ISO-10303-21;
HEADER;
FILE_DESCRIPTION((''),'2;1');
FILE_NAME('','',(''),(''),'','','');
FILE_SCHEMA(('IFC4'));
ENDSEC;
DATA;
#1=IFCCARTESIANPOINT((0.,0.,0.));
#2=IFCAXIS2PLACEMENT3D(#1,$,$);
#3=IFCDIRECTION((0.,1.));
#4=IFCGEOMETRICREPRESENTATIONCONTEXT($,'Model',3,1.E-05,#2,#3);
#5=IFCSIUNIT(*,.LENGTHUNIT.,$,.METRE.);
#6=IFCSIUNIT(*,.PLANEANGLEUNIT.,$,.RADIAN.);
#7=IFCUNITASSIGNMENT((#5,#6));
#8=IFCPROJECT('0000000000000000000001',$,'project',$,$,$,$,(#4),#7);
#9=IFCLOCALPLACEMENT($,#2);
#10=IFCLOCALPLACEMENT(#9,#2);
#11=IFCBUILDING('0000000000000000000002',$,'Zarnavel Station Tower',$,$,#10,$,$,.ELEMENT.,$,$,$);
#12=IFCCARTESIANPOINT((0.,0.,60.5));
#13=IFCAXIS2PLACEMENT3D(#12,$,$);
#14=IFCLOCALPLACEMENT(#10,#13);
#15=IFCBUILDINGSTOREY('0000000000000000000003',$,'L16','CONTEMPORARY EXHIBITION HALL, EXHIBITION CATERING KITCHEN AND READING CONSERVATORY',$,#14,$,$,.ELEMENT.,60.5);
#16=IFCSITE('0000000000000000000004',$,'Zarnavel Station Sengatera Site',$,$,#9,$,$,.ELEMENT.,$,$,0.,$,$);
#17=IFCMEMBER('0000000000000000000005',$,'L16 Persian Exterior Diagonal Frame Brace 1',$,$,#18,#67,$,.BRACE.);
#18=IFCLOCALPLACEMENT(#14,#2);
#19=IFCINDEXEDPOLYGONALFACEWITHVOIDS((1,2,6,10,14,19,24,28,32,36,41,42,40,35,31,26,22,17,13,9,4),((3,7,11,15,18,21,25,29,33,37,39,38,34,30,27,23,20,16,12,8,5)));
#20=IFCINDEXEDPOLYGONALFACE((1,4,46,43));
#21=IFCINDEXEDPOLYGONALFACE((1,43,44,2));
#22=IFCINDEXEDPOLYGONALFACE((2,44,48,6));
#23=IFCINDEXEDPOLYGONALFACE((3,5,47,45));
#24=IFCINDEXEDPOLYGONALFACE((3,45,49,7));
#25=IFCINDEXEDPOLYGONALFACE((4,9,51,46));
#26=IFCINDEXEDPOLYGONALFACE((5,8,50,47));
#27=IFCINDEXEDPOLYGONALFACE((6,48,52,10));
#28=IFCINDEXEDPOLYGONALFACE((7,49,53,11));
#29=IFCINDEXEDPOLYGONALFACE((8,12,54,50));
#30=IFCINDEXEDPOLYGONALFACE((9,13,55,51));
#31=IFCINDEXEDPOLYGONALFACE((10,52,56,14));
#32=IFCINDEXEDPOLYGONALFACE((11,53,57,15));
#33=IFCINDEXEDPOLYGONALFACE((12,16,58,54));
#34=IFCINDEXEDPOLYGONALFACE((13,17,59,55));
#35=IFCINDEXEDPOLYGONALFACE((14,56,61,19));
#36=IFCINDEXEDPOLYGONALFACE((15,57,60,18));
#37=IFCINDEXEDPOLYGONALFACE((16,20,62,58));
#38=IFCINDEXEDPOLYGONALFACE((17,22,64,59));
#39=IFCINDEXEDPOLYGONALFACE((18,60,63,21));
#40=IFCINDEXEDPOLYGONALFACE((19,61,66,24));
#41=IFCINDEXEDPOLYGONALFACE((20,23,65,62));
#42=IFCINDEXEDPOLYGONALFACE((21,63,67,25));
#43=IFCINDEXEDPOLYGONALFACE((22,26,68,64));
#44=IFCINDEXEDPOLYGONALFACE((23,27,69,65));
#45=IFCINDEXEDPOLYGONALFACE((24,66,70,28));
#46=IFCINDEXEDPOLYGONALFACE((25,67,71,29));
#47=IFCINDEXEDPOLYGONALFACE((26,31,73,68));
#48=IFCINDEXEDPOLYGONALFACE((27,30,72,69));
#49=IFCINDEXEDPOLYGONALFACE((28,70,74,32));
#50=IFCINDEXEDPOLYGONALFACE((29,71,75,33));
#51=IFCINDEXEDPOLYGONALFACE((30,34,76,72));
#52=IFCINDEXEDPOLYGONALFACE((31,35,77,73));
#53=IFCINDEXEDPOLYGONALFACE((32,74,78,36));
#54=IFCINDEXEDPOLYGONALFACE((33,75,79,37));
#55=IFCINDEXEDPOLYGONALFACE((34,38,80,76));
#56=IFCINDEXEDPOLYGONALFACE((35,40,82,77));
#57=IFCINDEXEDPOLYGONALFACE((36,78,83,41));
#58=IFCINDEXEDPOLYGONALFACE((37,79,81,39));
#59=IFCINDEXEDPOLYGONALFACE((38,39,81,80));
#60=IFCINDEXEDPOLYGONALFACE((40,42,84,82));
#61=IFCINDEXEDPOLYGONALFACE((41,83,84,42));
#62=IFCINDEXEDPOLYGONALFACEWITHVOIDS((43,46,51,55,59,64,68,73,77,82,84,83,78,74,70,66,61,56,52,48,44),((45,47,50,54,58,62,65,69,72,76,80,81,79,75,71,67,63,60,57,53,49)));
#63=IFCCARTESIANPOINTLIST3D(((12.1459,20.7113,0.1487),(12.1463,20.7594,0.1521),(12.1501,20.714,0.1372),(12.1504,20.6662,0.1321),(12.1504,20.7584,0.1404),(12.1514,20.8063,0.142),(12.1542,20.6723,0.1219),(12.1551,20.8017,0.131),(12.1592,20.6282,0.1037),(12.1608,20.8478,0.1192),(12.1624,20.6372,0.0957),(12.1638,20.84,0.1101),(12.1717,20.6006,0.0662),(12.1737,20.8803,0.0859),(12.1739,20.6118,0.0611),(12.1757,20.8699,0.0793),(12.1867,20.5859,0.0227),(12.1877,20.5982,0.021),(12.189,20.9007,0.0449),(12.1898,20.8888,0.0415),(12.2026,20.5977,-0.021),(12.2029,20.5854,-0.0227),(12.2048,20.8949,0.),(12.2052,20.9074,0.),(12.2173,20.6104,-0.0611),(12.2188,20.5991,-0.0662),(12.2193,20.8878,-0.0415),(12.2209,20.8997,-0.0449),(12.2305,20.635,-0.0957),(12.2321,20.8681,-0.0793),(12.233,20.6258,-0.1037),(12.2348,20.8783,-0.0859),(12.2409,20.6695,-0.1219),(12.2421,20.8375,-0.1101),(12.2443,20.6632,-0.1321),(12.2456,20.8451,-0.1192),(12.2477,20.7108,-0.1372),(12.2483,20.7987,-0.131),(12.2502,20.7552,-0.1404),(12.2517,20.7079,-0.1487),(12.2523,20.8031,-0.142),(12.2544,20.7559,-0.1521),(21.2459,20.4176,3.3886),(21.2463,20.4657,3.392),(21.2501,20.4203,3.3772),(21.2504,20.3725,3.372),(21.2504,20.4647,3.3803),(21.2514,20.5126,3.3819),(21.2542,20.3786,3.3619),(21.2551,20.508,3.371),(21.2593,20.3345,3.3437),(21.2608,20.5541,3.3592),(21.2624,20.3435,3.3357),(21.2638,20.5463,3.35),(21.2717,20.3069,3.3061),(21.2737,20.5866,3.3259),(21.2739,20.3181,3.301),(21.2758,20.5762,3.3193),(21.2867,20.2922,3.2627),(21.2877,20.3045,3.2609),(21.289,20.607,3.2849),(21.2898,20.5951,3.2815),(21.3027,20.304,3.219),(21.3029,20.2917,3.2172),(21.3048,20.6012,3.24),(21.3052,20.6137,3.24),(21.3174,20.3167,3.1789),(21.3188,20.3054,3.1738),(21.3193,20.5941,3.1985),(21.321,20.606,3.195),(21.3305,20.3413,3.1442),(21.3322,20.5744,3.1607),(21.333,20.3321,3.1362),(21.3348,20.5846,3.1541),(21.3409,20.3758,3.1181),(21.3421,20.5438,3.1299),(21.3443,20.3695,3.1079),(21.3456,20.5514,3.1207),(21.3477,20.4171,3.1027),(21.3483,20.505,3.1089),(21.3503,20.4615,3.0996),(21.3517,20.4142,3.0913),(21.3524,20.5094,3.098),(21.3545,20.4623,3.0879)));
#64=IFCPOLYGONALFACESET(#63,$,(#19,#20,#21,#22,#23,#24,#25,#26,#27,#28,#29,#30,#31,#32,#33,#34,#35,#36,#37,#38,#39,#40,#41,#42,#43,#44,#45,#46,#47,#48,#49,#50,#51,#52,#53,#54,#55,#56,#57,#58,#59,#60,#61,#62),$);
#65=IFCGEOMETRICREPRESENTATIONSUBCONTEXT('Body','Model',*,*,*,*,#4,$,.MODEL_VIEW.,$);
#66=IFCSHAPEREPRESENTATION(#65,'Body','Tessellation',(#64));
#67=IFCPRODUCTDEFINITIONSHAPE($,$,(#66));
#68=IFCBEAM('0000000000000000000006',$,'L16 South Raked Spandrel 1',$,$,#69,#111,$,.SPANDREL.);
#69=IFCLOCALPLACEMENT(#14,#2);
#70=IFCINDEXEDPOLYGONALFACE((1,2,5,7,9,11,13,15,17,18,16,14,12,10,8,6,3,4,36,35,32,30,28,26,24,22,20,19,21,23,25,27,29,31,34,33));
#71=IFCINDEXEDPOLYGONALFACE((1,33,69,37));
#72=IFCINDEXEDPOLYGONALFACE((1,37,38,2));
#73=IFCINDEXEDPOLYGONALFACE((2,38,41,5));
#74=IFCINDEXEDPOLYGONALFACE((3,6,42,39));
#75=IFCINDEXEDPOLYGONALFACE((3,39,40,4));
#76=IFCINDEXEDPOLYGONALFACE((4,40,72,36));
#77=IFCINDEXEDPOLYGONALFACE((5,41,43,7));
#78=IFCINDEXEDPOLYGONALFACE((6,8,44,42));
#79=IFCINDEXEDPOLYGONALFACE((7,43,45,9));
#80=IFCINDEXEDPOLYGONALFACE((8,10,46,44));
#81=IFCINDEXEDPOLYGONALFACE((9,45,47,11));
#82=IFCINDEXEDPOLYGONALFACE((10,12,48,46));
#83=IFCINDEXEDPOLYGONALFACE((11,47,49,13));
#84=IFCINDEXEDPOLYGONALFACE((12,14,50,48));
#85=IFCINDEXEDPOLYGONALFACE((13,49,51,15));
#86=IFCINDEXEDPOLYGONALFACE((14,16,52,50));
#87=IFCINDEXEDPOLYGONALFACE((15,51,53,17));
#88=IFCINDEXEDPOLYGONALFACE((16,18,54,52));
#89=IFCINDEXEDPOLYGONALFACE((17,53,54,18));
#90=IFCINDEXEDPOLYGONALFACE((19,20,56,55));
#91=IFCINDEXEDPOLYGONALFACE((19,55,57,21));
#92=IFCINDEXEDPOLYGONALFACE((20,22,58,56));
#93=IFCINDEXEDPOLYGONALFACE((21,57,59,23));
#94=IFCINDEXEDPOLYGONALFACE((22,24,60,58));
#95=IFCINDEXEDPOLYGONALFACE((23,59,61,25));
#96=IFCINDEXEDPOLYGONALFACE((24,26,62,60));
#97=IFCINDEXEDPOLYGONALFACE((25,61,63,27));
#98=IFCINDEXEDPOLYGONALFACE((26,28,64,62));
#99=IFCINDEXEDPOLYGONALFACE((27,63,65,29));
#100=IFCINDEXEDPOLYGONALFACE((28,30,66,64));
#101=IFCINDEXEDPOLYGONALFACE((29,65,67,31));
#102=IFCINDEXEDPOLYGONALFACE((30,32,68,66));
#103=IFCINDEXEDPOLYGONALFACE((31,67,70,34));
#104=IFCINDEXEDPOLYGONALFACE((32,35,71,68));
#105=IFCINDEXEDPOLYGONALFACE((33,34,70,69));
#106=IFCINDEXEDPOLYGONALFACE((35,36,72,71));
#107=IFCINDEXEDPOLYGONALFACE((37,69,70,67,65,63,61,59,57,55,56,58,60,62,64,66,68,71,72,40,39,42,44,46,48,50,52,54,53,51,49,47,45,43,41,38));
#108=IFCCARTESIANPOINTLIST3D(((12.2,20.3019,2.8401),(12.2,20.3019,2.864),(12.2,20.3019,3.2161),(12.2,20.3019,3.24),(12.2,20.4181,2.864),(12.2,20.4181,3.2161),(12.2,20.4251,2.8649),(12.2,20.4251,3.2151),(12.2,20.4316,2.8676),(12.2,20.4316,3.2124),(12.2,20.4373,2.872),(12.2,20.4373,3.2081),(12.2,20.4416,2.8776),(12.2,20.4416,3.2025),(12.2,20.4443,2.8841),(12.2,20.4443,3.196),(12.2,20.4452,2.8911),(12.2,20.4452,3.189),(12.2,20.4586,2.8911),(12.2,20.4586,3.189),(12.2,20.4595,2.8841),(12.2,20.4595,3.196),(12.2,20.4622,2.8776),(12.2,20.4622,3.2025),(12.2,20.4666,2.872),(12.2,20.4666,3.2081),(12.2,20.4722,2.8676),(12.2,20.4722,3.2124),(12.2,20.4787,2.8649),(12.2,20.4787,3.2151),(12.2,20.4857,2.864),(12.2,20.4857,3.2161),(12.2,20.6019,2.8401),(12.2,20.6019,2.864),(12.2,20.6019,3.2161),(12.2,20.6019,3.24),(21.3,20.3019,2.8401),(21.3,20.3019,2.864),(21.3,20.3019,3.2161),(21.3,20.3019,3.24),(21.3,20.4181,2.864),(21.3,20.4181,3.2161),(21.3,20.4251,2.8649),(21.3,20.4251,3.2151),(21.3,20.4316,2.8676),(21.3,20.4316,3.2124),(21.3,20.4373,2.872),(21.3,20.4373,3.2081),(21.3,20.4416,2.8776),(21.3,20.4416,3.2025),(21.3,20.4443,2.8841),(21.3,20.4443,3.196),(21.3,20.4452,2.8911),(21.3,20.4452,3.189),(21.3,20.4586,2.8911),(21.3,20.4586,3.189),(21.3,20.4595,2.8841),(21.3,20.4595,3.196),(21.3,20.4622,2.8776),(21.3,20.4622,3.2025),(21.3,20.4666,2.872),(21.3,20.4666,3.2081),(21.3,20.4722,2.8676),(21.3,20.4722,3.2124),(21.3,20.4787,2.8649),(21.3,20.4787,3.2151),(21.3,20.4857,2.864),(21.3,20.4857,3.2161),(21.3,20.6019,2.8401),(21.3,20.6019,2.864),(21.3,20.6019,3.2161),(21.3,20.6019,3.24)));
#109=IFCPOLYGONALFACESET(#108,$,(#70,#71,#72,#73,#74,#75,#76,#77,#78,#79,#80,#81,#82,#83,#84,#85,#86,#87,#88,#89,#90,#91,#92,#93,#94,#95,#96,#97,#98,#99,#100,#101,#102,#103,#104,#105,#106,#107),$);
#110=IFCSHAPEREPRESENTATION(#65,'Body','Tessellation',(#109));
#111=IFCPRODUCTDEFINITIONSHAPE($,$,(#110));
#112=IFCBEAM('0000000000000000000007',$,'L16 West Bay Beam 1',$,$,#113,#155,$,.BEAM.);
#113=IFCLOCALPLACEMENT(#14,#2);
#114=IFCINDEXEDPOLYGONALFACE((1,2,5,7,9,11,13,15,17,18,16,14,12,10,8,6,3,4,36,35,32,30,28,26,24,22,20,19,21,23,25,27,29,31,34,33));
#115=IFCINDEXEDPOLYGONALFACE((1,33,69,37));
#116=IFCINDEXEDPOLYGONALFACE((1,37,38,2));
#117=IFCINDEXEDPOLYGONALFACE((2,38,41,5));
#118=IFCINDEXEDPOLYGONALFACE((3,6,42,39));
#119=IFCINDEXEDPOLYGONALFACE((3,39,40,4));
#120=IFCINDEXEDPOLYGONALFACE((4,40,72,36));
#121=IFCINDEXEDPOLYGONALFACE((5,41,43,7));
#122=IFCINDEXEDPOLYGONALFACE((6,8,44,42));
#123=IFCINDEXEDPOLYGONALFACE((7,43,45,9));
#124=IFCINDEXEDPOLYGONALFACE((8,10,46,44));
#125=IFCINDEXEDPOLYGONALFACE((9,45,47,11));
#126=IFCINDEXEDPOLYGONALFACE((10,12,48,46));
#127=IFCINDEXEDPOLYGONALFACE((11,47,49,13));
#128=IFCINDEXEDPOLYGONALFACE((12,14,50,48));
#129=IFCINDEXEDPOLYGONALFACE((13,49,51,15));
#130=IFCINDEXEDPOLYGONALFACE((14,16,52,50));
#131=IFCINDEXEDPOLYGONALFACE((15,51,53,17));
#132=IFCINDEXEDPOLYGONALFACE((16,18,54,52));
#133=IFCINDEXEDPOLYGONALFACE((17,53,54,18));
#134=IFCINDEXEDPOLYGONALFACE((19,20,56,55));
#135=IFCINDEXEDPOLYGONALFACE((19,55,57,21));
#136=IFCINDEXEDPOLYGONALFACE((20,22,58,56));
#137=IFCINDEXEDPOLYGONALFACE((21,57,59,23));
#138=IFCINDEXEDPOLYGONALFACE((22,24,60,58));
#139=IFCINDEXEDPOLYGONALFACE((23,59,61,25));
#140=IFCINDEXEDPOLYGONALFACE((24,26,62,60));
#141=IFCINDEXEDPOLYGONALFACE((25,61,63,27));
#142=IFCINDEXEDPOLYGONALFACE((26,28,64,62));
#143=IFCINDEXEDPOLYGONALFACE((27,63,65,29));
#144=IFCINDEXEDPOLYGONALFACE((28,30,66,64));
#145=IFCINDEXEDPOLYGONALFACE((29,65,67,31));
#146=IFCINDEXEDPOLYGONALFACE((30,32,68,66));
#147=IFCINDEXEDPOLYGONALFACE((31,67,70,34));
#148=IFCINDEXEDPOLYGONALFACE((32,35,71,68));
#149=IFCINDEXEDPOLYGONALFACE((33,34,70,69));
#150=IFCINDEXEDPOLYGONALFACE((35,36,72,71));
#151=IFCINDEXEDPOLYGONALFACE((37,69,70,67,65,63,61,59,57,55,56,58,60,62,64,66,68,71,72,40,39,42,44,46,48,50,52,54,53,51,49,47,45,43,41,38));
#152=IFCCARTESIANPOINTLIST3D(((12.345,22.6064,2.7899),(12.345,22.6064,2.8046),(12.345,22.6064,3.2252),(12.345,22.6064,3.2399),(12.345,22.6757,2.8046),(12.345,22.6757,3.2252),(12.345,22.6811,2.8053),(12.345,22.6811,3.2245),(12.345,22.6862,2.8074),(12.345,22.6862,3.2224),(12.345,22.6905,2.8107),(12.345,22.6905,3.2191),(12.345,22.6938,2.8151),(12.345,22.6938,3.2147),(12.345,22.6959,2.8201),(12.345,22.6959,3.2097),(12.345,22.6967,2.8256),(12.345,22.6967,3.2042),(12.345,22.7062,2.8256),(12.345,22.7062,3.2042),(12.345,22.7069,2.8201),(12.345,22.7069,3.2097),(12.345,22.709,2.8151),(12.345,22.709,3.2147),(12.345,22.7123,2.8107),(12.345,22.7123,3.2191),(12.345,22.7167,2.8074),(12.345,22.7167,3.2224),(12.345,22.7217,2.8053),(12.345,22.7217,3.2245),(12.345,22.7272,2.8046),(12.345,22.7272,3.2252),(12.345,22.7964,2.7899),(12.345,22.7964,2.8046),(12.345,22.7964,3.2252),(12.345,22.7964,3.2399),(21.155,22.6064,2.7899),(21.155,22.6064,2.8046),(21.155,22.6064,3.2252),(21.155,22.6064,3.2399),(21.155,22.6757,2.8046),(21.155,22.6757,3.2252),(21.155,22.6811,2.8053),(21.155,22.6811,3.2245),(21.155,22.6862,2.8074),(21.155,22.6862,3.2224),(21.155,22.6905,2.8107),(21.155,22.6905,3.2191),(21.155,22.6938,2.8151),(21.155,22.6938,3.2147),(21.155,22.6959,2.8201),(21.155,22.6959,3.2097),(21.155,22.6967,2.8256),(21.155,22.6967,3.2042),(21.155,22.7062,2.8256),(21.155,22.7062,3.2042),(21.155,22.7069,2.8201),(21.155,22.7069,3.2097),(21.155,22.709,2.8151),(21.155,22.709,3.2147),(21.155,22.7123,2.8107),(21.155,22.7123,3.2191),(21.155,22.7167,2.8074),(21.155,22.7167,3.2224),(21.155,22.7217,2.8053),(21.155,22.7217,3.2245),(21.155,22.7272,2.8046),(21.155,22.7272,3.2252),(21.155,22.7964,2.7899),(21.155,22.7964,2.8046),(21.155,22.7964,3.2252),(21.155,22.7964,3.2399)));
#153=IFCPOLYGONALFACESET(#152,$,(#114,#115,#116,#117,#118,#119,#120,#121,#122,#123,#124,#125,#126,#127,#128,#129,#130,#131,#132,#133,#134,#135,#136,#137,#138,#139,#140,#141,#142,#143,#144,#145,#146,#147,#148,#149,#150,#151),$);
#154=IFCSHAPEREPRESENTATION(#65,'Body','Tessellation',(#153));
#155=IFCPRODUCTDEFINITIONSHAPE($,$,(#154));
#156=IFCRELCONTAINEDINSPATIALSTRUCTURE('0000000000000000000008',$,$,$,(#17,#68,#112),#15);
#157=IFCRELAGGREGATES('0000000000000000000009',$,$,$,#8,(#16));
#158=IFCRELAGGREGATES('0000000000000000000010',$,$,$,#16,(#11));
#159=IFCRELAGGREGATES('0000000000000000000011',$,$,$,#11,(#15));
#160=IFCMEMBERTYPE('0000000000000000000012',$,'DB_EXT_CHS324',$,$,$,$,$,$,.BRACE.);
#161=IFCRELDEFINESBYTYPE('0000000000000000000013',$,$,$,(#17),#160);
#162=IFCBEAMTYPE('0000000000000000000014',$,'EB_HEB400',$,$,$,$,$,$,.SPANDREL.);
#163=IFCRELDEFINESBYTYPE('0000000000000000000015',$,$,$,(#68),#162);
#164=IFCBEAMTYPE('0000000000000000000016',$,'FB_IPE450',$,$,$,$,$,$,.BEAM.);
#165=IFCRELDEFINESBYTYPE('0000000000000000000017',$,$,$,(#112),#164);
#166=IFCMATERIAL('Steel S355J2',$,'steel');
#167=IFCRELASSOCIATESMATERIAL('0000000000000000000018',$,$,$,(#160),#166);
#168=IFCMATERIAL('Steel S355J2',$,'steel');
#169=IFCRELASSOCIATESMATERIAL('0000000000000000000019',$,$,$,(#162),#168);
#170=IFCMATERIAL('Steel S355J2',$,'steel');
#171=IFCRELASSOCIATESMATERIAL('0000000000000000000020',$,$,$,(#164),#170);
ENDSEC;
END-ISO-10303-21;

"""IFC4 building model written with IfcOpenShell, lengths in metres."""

from ifc_helpers import new_model, si_unit, direction, frame, origin, origin_2d, place, context, subcontext, project, spatial, hollow_circle, i_section, extrude, material, material_profile, profile_set, type_object, element, save


model = new_model("IFC4")

# Units and contexts
model_context = context("Model", 3, precision=1e-05, world=origin(), true_north=direction((0.0, 1.0)))
body_context = subcontext(model_context, "Body", "Model", "MODEL_VIEW")
ifc_project = project(units=[si_unit("LENGTHUNIT", "METRE"), si_unit("PLANEANGLEUNIT", "RADIAN")], contexts=[model_context])

# Site, building, storey
site_placement = place(None, origin())
site = spatial("IfcSite", under=ifc_project, at=site_placement, Name="Zarnavel Station Sengatera Site", CompositionType="ELEMENT", RefElevation=0.0)
building_placement = place(site_placement, origin())
building = spatial("IfcBuilding", under=site, at=building_placement, Name="Zarnavel Station Tower", CompositionType="ELEMENT")
storey_placement = place(building_placement, frame((0.0, 0.0, 60.5)))
storey = spatial("IfcBuildingStorey", under=building, at=storey_placement, Name="L16", Description="CONTEMPORARY EXHIBITION HALL, EXHIBITION CATERING KITCHEN AND READING CONSERVATORY", CompositionType="ELEMENT", Elevation=60.5)

# Member
ifc_material_1 = material(Name="Steel S355J2", Category="steel")
ifc_material_profile_1 = material_profile(ifc_material_1, hollow_circle(Radius=0.1619, WallThickness=0.0125, at=origin_2d()), Name="CHS323.9x12.5")
ifc_profile_set_1 = profile_set([ifc_material_profile_1], Name="Steel S355J2")
member_type = type_object("IfcMemberType", Name="DB_EXT_CHS324", PredefinedType="BRACE", material=ifc_profile_set_1)
member_placement = place(storey_placement, frame((12.2, 20.7456, 0.0), z_axis=(0.941636, -0.030391, 0.335259), x_axis=(0.032258, 0.99948, 0.0)))
element("IfcMember", 1, at=member_placement, inside=storey, type_object=member_type, Name="L16 Persian Exterior Diagonal Frame Brace 1", PredefinedType="BRACE", context=body_context, shape_type="SweptSolid", body=[
    extrude(hollow_circle(Radius=0.1619, WallThickness=0.0125, at=origin_2d()), origin(), (0.0, 0.0, 1.0), 9.6641),
])

# Beams
ifc_material_2 = material(Name="Steel S355J2", Category="steel")
ifc_material_profile_2 = material_profile(ifc_material_2, i_section(OverallWidth=0.3, OverallDepth=0.3999, WebThickness=0.0134, FlangeThickness=0.0239, FilletRadius=0.0271, at=origin_2d()), Name="HEB400")
ifc_profile_set_2 = profile_set([ifc_material_profile_2], Name="Steel S355J2")
beam_type_1 = type_object("IfcBeamType", Name="EB_HEB400", PredefinedType="SPANDREL", material=ifc_profile_set_2)
beam_1_placement = place(storey_placement, frame((12.2, 20.4519, 3.04), z_axis=(1.0, 0.0, 0.0), x_axis=(0.0, 1.0, 0.0)))
element("IfcBeam", 2, at=beam_1_placement, inside=storey, type_object=beam_type_1, Name="L16 South Raked Spandrel 1", PredefinedType="SPANDREL", context=body_context, shape_type="SweptSolid", body=[
    extrude(i_section(OverallWidth=0.3, OverallDepth=0.3999, WebThickness=0.0134, FlangeThickness=0.0239, FilletRadius=0.0271, at=origin_2d()), origin(), (0.0, 0.0, 1.0), 9.1001),
])
ifc_material_3 = material(Name="Steel S355J2", Category="steel")
ifc_material_profile_3 = material_profile(ifc_material_3, i_section(OverallWidth=0.1899, OverallDepth=0.45, WebThickness=0.0095, FlangeThickness=0.0146, FilletRadius=0.021, at=origin_2d()), Name="IPE450")
ifc_profile_set_3 = profile_set([ifc_material_profile_3], Name="Steel S355J2")
beam_type_2 = type_object("IfcBeamType", Name="FB_IPE450", PredefinedType="BEAM", material=ifc_profile_set_3)
beam_2_placement = place(storey_placement, frame((12.345, 22.7014, 3.0149), z_axis=(1.0, 0.0, 0.0), x_axis=(0.0, 1.0, 0.0)))
element("IfcBeam", 3, at=beam_2_placement, inside=storey, type_object=beam_type_2, Name="L16 West Bay Beam 1", PredefinedType="BEAM", context=body_context, shape_type="SweptSolid", body=[
    extrude(i_section(OverallWidth=0.1899, OverallDepth=0.45, WebThickness=0.0095, FlangeThickness=0.0146, FilletRadius=0.021, at=origin_2d()), origin(), (0.0, 0.0, 1.0), 8.8101),
])

save(model, "model.ifc")
